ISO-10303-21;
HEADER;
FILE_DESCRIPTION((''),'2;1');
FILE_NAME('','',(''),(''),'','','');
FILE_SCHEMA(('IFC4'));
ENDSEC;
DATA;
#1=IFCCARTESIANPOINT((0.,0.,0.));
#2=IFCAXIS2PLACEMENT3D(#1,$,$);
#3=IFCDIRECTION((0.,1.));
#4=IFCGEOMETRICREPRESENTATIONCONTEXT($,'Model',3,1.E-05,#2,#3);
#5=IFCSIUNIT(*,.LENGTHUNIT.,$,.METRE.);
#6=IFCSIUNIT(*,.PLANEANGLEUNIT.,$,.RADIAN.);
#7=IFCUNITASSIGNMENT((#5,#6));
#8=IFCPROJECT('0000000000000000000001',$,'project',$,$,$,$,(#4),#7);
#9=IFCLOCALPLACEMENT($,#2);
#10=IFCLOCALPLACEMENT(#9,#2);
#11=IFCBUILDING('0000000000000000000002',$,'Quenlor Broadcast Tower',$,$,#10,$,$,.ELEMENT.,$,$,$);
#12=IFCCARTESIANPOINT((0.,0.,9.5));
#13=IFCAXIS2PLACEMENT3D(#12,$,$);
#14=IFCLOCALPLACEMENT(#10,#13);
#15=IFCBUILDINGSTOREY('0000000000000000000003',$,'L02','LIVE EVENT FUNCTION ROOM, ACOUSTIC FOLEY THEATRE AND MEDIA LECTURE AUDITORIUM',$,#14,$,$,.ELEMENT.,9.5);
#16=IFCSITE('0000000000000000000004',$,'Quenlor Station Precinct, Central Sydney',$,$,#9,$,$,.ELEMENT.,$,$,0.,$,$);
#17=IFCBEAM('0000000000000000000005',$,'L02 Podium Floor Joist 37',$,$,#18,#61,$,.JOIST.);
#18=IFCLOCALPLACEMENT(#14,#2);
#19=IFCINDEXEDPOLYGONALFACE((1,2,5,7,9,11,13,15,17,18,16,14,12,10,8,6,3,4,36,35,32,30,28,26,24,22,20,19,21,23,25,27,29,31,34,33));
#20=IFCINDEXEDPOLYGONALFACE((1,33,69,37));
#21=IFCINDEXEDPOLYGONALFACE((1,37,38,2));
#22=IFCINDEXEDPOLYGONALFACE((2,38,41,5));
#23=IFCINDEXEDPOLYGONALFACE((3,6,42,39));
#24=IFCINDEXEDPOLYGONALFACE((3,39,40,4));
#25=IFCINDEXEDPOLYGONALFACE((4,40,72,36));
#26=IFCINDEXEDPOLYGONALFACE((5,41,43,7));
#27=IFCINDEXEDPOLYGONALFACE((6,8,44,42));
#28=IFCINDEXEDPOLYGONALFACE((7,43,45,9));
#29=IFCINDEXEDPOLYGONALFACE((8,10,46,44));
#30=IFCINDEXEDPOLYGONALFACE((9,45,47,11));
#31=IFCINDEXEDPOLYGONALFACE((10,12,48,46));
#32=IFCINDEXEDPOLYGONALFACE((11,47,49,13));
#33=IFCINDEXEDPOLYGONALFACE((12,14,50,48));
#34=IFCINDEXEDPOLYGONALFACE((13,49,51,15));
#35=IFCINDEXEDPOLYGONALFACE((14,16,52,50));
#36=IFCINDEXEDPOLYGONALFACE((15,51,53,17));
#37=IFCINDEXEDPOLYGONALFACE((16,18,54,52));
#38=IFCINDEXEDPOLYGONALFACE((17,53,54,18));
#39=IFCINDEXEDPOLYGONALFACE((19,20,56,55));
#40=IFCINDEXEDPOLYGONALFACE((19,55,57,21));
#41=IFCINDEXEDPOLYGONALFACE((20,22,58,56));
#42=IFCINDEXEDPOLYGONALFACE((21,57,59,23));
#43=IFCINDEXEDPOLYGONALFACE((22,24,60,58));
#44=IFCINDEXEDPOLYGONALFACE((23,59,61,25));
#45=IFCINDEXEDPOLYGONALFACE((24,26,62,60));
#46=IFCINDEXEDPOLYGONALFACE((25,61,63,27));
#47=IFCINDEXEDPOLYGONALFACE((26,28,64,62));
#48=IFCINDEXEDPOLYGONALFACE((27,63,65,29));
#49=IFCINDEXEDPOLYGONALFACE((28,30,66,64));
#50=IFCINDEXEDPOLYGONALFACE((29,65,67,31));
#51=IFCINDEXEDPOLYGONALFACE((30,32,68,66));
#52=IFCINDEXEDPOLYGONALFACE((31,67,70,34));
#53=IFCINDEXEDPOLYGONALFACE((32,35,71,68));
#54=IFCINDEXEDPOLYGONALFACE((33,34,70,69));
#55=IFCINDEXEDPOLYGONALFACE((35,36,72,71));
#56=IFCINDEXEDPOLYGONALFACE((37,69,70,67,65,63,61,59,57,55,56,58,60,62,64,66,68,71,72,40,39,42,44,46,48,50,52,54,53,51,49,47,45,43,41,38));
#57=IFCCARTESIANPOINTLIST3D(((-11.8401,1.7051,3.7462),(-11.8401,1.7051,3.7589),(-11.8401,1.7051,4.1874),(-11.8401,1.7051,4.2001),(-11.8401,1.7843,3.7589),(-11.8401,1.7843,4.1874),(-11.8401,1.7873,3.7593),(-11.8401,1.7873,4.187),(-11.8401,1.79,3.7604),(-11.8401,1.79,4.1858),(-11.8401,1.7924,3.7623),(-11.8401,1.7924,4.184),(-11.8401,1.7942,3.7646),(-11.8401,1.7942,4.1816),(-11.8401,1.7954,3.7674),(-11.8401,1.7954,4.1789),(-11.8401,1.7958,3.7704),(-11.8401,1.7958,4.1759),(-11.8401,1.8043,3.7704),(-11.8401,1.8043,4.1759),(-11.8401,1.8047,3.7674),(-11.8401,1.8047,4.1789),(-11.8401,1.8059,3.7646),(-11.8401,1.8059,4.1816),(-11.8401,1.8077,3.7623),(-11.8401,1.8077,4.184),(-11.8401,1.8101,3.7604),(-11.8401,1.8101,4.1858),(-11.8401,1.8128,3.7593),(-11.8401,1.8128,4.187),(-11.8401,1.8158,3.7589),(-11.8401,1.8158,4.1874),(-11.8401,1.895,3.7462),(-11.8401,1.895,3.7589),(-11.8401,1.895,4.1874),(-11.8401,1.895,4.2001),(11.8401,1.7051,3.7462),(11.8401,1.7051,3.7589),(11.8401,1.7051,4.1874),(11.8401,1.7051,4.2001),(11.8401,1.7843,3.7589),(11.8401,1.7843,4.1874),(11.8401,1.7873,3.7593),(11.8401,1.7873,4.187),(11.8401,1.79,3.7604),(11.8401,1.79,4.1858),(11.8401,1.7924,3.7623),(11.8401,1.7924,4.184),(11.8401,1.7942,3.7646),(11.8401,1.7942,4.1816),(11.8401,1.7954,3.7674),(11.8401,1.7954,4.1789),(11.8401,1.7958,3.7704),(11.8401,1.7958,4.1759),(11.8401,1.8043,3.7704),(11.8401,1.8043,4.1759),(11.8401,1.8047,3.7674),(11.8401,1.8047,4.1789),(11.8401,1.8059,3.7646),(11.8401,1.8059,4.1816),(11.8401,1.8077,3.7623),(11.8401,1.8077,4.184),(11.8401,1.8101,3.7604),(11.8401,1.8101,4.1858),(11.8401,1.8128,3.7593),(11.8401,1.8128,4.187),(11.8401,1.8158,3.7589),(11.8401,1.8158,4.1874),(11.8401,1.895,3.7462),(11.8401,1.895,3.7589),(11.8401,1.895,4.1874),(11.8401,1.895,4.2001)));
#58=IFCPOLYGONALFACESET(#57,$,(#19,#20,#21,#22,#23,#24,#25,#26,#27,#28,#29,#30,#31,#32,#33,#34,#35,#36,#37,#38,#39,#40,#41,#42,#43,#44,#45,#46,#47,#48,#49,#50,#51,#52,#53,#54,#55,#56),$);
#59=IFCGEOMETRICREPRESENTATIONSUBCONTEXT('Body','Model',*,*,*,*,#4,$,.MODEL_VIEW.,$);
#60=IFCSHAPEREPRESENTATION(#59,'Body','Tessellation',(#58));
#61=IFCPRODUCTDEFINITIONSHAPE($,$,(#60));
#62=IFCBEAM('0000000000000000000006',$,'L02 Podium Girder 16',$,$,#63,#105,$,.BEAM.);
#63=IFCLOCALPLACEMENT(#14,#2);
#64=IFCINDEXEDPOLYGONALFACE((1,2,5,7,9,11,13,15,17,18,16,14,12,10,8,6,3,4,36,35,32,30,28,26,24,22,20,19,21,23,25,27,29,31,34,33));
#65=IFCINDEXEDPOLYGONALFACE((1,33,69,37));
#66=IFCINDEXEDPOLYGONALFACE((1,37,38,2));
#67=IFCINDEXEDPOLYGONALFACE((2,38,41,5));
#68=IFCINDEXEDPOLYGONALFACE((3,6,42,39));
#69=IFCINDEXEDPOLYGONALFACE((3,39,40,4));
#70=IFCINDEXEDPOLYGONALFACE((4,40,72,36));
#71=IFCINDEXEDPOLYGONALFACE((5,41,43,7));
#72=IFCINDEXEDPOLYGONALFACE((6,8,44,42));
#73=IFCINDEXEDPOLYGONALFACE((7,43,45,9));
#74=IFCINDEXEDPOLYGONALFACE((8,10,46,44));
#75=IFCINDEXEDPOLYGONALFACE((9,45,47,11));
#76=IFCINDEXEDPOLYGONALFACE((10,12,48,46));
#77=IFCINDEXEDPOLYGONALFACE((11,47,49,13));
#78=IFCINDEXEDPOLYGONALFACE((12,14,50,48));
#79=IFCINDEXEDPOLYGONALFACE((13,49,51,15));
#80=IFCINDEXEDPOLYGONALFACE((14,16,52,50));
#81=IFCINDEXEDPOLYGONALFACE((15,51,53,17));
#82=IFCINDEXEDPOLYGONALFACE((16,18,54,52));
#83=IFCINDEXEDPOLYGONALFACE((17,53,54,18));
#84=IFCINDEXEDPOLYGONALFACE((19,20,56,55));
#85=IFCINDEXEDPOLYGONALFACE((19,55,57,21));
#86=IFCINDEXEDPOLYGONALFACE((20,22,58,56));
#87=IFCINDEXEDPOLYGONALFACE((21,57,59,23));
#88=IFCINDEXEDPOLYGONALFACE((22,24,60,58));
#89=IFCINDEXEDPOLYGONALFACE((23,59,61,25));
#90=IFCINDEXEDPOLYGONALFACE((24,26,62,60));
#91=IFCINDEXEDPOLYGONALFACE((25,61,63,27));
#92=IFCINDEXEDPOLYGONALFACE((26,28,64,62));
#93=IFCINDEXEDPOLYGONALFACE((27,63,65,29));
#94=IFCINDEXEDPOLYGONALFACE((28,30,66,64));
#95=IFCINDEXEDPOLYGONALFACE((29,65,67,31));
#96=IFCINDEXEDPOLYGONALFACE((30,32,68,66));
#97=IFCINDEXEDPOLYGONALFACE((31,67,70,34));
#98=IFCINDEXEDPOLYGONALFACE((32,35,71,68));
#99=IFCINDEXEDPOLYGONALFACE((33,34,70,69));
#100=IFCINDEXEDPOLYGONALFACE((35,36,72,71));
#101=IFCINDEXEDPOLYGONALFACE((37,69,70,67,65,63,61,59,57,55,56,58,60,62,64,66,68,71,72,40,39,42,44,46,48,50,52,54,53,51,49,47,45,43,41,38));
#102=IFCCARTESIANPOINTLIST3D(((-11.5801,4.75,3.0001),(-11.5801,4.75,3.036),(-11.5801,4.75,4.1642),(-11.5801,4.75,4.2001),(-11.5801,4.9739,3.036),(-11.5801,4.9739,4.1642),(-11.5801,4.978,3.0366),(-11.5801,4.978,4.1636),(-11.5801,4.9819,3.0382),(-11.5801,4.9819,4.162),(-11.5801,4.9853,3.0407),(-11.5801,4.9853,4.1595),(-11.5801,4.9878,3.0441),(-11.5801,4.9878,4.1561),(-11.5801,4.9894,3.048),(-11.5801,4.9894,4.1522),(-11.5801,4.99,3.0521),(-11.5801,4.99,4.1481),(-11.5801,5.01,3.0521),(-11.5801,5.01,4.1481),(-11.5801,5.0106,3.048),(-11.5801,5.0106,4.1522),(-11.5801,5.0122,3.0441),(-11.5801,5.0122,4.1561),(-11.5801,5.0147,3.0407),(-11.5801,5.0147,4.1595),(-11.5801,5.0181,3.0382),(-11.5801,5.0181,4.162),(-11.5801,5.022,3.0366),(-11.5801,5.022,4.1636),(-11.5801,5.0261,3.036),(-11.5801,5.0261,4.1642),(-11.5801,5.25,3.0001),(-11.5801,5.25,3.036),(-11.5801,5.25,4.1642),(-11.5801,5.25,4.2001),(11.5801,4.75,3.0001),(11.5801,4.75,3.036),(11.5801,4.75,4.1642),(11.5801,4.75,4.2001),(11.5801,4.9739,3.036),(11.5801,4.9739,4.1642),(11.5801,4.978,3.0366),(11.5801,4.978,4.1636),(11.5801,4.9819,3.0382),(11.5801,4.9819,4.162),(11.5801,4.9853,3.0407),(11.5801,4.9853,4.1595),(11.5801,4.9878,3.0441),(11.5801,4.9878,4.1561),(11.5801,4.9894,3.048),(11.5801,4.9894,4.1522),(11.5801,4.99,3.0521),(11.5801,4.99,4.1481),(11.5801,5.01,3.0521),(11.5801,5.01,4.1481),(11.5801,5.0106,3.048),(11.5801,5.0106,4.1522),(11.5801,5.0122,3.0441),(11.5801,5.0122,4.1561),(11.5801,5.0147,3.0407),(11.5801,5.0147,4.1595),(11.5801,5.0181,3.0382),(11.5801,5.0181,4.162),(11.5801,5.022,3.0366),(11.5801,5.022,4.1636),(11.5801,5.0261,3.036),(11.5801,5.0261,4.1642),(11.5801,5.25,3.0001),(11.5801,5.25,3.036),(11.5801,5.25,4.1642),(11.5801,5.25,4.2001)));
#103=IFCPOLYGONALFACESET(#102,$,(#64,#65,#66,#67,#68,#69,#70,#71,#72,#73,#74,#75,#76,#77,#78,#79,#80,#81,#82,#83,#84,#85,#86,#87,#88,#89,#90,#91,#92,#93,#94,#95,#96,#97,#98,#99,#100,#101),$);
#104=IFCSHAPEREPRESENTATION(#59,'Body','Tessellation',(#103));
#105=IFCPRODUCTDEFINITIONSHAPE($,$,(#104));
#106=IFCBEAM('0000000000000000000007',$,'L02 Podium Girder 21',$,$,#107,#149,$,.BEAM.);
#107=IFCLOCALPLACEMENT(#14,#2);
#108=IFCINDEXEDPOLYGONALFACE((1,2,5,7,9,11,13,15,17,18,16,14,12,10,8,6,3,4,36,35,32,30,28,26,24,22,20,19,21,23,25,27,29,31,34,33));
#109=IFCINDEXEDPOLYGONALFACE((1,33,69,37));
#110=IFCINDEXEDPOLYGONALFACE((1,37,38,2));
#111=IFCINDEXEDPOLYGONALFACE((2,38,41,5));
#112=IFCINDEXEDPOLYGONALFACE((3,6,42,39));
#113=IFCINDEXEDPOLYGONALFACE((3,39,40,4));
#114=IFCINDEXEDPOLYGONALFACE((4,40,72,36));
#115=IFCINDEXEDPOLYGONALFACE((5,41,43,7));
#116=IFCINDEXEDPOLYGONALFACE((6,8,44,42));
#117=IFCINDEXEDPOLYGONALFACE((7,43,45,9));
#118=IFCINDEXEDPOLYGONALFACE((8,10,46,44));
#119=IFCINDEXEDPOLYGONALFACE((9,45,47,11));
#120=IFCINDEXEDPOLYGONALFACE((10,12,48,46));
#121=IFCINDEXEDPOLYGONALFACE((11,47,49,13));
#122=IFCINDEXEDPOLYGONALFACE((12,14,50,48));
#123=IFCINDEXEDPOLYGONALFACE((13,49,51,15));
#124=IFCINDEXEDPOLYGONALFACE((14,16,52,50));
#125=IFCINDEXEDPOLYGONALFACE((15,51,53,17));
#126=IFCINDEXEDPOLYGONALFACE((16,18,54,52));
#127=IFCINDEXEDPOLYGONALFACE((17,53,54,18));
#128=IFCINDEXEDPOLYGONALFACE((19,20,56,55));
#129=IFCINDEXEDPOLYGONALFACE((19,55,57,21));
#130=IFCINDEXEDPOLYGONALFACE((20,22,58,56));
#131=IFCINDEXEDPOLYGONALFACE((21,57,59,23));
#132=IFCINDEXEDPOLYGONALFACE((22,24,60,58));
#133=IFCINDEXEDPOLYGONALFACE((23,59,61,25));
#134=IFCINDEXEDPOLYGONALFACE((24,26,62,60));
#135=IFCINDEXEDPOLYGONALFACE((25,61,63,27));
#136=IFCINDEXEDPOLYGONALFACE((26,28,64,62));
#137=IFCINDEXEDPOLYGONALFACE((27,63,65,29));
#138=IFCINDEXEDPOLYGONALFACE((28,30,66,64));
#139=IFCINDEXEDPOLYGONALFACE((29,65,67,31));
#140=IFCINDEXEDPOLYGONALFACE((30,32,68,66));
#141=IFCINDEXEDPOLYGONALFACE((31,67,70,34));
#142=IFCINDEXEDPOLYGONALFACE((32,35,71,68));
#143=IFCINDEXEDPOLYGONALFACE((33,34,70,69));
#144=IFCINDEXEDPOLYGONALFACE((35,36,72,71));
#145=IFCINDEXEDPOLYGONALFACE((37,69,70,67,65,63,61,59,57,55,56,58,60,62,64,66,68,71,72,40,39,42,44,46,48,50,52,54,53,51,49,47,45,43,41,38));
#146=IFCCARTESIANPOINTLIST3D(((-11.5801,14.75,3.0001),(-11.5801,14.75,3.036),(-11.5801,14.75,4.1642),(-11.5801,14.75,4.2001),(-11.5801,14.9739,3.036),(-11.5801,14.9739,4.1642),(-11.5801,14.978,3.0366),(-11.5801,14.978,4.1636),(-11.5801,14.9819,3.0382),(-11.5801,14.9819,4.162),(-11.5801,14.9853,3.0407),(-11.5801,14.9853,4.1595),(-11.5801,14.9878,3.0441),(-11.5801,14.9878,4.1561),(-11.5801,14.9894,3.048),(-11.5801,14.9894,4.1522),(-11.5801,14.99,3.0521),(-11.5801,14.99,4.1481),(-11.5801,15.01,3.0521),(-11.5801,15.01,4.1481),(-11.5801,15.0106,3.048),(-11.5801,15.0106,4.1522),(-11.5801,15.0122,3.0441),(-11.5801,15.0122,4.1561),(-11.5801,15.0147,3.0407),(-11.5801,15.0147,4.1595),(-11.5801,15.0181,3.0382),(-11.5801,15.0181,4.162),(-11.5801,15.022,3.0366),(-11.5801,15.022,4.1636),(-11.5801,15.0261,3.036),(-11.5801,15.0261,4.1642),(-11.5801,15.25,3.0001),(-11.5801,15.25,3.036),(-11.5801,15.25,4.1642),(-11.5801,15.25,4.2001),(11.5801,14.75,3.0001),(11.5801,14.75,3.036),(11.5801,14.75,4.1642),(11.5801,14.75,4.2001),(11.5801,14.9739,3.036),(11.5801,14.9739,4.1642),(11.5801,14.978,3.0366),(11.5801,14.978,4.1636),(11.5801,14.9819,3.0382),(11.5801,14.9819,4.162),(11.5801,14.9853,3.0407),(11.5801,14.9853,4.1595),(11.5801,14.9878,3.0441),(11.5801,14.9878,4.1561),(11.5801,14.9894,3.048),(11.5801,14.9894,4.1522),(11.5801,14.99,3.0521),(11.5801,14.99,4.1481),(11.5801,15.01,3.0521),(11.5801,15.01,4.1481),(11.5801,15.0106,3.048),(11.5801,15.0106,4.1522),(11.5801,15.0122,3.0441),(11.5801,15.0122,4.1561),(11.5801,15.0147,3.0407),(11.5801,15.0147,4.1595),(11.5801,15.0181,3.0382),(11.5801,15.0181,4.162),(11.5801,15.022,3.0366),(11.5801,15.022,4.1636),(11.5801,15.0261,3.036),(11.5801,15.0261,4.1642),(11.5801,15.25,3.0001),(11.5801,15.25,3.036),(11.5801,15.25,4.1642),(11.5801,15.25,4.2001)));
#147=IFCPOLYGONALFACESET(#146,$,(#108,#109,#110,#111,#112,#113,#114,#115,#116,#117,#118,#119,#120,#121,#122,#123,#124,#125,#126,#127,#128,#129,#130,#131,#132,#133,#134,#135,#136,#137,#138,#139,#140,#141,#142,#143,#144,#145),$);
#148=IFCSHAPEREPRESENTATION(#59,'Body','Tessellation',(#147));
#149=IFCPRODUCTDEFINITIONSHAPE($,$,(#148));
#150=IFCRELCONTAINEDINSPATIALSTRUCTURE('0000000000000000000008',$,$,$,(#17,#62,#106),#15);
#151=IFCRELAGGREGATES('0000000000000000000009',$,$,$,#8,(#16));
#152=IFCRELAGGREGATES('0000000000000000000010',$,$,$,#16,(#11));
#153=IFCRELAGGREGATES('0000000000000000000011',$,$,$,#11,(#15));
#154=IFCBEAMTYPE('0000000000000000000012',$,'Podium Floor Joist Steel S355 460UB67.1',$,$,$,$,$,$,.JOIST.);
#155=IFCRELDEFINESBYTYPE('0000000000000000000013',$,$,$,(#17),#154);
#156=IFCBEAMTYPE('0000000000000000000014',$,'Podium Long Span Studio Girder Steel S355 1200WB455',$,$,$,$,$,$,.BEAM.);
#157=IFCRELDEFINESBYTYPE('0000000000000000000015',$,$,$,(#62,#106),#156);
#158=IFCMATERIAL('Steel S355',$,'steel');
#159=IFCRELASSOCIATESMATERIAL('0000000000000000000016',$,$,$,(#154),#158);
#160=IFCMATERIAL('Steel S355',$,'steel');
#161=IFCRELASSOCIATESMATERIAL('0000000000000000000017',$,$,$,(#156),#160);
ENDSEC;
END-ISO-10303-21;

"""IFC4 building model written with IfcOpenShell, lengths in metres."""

from ifc_helpers import new_model, si_unit, direction, frame, origin, origin_2d, place, context, subcontext, project, spatial, i_section, extrude, material, material_profile, profile_set, type_object, element, save


model = new_model("IFC4")

# Units and contexts
model_context = context("Model", 3, precision=1e-05, world=origin(), true_north=direction((0.0, 1.0)))
body_context = subcontext(model_context, "Body", "Model", "MODEL_VIEW")
ifc_project = project(units=[si_unit("LENGTHUNIT", "METRE"), si_unit("PLANEANGLEUNIT", "RADIAN")], contexts=[model_context])

# Site, building, storey
site_placement = place(None, origin())
site = spatial("IfcSite", under=ifc_project, at=site_placement, Name="Quenlor Station Precinct, Central Sydney", CompositionType="ELEMENT", RefElevation=0.0)
building_placement = place(site_placement, origin())
building = spatial("IfcBuilding", under=site, at=building_placement, Name="Quenlor Broadcast Tower", CompositionType="ELEMENT")
storey_placement = place(building_placement, frame((0.0, 0.0, 9.5)))
storey = spatial("IfcBuildingStorey", under=building, at=storey_placement, Name="L02", Description="LIVE EVENT FUNCTION ROOM, ACOUSTIC FOLEY THEATRE AND MEDIA LECTURE AUDITORIUM", CompositionType="ELEMENT", Elevation=9.5)

# Beams
ifc_material_1 = material(Name="Steel S355", Category="steel")
ifc_material_profile_1 = material_profile(ifc_material_1, i_section(OverallWidth=0.1899, OverallDepth=0.4539, WebThickness=0.0085, FlangeThickness=0.0127, FilletRadius=0.0115, at=origin_2d()))
ifc_profile_set_1 = profile_set([ifc_material_profile_1], Name="Steel S355 460UB67.1")
beam_type_1 = type_object("IfcBeamType", Name="Podium Floor Joist Steel S355 460UB67.1", PredefinedType="JOIST", material=ifc_profile_set_1)
for number, where, z_axis, x_axis, name in (
    (1, (-11.8401, 1.8, 3.9731), (1.0, 0.0, 0.0), (0.0, 1.0, 0.0), "L02 Podium Floor Joist 37"),
):
    element("IfcBeam", number, at=place(storey_placement, frame(where, z_axis=z_axis, x_axis=x_axis)), inside=storey, type_object=beam_type_1, Name=name, PredefinedType="JOIST", context=body_context, shape_type="SweptSolid", body=[
        extrude(i_section(OverallWidth=0.1899, OverallDepth=0.4539, WebThickness=0.0085, FlangeThickness=0.0127, FilletRadius=0.0115, at=origin_2d()), origin(), (0.0, 0.0, 1.0), 23.6802),
    ])
ifc_material_2 = material(Name="Steel S355", Category="steel")
ifc_material_profile_2 = material_profile(ifc_material_2, i_section(OverallWidth=0.5, OverallDepth=1.2, WebThickness=0.02, FlangeThickness=0.0359, FilletRadius=0.0161, at=origin_2d()))
ifc_profile_set_2 = profile_set([ifc_material_profile_2], Name="Steel S355 1200WB455")
beam_type_2 = type_object("IfcBeamType", Name="Podium Long Span Studio Girder Steel S355 1200WB455", PredefinedType="BEAM", material=ifc_profile_set_2)
for number, where, z_axis, x_axis, name in (
    (2, (-11.5801, 5.0, 3.6001), (1.0, 0.0, 0.0), (0.0, 1.0, 0.0), "L02 Podium Girder 16"),
    (3, (-11.5801, 15.0, 3.6001), (1.0, 0.0, 0.0), (0.0, 1.0, 0.0), "L02 Podium Girder 21"),
):
    element("IfcBeam", number, at=place(storey_placement, frame(where, z_axis=z_axis, x_axis=x_axis)), inside=storey, type_object=beam_type_2, Name=name, PredefinedType="BEAM", context=body_context, shape_type="SweptSolid", body=[
        extrude(i_section(OverallWidth=0.5, OverallDepth=1.2, WebThickness=0.02, FlangeThickness=0.0359, FilletRadius=0.0161, at=origin_2d()), origin(), (0.0, 0.0, 1.0), 23.1602),
    ])

save(model, "model.ifc")
